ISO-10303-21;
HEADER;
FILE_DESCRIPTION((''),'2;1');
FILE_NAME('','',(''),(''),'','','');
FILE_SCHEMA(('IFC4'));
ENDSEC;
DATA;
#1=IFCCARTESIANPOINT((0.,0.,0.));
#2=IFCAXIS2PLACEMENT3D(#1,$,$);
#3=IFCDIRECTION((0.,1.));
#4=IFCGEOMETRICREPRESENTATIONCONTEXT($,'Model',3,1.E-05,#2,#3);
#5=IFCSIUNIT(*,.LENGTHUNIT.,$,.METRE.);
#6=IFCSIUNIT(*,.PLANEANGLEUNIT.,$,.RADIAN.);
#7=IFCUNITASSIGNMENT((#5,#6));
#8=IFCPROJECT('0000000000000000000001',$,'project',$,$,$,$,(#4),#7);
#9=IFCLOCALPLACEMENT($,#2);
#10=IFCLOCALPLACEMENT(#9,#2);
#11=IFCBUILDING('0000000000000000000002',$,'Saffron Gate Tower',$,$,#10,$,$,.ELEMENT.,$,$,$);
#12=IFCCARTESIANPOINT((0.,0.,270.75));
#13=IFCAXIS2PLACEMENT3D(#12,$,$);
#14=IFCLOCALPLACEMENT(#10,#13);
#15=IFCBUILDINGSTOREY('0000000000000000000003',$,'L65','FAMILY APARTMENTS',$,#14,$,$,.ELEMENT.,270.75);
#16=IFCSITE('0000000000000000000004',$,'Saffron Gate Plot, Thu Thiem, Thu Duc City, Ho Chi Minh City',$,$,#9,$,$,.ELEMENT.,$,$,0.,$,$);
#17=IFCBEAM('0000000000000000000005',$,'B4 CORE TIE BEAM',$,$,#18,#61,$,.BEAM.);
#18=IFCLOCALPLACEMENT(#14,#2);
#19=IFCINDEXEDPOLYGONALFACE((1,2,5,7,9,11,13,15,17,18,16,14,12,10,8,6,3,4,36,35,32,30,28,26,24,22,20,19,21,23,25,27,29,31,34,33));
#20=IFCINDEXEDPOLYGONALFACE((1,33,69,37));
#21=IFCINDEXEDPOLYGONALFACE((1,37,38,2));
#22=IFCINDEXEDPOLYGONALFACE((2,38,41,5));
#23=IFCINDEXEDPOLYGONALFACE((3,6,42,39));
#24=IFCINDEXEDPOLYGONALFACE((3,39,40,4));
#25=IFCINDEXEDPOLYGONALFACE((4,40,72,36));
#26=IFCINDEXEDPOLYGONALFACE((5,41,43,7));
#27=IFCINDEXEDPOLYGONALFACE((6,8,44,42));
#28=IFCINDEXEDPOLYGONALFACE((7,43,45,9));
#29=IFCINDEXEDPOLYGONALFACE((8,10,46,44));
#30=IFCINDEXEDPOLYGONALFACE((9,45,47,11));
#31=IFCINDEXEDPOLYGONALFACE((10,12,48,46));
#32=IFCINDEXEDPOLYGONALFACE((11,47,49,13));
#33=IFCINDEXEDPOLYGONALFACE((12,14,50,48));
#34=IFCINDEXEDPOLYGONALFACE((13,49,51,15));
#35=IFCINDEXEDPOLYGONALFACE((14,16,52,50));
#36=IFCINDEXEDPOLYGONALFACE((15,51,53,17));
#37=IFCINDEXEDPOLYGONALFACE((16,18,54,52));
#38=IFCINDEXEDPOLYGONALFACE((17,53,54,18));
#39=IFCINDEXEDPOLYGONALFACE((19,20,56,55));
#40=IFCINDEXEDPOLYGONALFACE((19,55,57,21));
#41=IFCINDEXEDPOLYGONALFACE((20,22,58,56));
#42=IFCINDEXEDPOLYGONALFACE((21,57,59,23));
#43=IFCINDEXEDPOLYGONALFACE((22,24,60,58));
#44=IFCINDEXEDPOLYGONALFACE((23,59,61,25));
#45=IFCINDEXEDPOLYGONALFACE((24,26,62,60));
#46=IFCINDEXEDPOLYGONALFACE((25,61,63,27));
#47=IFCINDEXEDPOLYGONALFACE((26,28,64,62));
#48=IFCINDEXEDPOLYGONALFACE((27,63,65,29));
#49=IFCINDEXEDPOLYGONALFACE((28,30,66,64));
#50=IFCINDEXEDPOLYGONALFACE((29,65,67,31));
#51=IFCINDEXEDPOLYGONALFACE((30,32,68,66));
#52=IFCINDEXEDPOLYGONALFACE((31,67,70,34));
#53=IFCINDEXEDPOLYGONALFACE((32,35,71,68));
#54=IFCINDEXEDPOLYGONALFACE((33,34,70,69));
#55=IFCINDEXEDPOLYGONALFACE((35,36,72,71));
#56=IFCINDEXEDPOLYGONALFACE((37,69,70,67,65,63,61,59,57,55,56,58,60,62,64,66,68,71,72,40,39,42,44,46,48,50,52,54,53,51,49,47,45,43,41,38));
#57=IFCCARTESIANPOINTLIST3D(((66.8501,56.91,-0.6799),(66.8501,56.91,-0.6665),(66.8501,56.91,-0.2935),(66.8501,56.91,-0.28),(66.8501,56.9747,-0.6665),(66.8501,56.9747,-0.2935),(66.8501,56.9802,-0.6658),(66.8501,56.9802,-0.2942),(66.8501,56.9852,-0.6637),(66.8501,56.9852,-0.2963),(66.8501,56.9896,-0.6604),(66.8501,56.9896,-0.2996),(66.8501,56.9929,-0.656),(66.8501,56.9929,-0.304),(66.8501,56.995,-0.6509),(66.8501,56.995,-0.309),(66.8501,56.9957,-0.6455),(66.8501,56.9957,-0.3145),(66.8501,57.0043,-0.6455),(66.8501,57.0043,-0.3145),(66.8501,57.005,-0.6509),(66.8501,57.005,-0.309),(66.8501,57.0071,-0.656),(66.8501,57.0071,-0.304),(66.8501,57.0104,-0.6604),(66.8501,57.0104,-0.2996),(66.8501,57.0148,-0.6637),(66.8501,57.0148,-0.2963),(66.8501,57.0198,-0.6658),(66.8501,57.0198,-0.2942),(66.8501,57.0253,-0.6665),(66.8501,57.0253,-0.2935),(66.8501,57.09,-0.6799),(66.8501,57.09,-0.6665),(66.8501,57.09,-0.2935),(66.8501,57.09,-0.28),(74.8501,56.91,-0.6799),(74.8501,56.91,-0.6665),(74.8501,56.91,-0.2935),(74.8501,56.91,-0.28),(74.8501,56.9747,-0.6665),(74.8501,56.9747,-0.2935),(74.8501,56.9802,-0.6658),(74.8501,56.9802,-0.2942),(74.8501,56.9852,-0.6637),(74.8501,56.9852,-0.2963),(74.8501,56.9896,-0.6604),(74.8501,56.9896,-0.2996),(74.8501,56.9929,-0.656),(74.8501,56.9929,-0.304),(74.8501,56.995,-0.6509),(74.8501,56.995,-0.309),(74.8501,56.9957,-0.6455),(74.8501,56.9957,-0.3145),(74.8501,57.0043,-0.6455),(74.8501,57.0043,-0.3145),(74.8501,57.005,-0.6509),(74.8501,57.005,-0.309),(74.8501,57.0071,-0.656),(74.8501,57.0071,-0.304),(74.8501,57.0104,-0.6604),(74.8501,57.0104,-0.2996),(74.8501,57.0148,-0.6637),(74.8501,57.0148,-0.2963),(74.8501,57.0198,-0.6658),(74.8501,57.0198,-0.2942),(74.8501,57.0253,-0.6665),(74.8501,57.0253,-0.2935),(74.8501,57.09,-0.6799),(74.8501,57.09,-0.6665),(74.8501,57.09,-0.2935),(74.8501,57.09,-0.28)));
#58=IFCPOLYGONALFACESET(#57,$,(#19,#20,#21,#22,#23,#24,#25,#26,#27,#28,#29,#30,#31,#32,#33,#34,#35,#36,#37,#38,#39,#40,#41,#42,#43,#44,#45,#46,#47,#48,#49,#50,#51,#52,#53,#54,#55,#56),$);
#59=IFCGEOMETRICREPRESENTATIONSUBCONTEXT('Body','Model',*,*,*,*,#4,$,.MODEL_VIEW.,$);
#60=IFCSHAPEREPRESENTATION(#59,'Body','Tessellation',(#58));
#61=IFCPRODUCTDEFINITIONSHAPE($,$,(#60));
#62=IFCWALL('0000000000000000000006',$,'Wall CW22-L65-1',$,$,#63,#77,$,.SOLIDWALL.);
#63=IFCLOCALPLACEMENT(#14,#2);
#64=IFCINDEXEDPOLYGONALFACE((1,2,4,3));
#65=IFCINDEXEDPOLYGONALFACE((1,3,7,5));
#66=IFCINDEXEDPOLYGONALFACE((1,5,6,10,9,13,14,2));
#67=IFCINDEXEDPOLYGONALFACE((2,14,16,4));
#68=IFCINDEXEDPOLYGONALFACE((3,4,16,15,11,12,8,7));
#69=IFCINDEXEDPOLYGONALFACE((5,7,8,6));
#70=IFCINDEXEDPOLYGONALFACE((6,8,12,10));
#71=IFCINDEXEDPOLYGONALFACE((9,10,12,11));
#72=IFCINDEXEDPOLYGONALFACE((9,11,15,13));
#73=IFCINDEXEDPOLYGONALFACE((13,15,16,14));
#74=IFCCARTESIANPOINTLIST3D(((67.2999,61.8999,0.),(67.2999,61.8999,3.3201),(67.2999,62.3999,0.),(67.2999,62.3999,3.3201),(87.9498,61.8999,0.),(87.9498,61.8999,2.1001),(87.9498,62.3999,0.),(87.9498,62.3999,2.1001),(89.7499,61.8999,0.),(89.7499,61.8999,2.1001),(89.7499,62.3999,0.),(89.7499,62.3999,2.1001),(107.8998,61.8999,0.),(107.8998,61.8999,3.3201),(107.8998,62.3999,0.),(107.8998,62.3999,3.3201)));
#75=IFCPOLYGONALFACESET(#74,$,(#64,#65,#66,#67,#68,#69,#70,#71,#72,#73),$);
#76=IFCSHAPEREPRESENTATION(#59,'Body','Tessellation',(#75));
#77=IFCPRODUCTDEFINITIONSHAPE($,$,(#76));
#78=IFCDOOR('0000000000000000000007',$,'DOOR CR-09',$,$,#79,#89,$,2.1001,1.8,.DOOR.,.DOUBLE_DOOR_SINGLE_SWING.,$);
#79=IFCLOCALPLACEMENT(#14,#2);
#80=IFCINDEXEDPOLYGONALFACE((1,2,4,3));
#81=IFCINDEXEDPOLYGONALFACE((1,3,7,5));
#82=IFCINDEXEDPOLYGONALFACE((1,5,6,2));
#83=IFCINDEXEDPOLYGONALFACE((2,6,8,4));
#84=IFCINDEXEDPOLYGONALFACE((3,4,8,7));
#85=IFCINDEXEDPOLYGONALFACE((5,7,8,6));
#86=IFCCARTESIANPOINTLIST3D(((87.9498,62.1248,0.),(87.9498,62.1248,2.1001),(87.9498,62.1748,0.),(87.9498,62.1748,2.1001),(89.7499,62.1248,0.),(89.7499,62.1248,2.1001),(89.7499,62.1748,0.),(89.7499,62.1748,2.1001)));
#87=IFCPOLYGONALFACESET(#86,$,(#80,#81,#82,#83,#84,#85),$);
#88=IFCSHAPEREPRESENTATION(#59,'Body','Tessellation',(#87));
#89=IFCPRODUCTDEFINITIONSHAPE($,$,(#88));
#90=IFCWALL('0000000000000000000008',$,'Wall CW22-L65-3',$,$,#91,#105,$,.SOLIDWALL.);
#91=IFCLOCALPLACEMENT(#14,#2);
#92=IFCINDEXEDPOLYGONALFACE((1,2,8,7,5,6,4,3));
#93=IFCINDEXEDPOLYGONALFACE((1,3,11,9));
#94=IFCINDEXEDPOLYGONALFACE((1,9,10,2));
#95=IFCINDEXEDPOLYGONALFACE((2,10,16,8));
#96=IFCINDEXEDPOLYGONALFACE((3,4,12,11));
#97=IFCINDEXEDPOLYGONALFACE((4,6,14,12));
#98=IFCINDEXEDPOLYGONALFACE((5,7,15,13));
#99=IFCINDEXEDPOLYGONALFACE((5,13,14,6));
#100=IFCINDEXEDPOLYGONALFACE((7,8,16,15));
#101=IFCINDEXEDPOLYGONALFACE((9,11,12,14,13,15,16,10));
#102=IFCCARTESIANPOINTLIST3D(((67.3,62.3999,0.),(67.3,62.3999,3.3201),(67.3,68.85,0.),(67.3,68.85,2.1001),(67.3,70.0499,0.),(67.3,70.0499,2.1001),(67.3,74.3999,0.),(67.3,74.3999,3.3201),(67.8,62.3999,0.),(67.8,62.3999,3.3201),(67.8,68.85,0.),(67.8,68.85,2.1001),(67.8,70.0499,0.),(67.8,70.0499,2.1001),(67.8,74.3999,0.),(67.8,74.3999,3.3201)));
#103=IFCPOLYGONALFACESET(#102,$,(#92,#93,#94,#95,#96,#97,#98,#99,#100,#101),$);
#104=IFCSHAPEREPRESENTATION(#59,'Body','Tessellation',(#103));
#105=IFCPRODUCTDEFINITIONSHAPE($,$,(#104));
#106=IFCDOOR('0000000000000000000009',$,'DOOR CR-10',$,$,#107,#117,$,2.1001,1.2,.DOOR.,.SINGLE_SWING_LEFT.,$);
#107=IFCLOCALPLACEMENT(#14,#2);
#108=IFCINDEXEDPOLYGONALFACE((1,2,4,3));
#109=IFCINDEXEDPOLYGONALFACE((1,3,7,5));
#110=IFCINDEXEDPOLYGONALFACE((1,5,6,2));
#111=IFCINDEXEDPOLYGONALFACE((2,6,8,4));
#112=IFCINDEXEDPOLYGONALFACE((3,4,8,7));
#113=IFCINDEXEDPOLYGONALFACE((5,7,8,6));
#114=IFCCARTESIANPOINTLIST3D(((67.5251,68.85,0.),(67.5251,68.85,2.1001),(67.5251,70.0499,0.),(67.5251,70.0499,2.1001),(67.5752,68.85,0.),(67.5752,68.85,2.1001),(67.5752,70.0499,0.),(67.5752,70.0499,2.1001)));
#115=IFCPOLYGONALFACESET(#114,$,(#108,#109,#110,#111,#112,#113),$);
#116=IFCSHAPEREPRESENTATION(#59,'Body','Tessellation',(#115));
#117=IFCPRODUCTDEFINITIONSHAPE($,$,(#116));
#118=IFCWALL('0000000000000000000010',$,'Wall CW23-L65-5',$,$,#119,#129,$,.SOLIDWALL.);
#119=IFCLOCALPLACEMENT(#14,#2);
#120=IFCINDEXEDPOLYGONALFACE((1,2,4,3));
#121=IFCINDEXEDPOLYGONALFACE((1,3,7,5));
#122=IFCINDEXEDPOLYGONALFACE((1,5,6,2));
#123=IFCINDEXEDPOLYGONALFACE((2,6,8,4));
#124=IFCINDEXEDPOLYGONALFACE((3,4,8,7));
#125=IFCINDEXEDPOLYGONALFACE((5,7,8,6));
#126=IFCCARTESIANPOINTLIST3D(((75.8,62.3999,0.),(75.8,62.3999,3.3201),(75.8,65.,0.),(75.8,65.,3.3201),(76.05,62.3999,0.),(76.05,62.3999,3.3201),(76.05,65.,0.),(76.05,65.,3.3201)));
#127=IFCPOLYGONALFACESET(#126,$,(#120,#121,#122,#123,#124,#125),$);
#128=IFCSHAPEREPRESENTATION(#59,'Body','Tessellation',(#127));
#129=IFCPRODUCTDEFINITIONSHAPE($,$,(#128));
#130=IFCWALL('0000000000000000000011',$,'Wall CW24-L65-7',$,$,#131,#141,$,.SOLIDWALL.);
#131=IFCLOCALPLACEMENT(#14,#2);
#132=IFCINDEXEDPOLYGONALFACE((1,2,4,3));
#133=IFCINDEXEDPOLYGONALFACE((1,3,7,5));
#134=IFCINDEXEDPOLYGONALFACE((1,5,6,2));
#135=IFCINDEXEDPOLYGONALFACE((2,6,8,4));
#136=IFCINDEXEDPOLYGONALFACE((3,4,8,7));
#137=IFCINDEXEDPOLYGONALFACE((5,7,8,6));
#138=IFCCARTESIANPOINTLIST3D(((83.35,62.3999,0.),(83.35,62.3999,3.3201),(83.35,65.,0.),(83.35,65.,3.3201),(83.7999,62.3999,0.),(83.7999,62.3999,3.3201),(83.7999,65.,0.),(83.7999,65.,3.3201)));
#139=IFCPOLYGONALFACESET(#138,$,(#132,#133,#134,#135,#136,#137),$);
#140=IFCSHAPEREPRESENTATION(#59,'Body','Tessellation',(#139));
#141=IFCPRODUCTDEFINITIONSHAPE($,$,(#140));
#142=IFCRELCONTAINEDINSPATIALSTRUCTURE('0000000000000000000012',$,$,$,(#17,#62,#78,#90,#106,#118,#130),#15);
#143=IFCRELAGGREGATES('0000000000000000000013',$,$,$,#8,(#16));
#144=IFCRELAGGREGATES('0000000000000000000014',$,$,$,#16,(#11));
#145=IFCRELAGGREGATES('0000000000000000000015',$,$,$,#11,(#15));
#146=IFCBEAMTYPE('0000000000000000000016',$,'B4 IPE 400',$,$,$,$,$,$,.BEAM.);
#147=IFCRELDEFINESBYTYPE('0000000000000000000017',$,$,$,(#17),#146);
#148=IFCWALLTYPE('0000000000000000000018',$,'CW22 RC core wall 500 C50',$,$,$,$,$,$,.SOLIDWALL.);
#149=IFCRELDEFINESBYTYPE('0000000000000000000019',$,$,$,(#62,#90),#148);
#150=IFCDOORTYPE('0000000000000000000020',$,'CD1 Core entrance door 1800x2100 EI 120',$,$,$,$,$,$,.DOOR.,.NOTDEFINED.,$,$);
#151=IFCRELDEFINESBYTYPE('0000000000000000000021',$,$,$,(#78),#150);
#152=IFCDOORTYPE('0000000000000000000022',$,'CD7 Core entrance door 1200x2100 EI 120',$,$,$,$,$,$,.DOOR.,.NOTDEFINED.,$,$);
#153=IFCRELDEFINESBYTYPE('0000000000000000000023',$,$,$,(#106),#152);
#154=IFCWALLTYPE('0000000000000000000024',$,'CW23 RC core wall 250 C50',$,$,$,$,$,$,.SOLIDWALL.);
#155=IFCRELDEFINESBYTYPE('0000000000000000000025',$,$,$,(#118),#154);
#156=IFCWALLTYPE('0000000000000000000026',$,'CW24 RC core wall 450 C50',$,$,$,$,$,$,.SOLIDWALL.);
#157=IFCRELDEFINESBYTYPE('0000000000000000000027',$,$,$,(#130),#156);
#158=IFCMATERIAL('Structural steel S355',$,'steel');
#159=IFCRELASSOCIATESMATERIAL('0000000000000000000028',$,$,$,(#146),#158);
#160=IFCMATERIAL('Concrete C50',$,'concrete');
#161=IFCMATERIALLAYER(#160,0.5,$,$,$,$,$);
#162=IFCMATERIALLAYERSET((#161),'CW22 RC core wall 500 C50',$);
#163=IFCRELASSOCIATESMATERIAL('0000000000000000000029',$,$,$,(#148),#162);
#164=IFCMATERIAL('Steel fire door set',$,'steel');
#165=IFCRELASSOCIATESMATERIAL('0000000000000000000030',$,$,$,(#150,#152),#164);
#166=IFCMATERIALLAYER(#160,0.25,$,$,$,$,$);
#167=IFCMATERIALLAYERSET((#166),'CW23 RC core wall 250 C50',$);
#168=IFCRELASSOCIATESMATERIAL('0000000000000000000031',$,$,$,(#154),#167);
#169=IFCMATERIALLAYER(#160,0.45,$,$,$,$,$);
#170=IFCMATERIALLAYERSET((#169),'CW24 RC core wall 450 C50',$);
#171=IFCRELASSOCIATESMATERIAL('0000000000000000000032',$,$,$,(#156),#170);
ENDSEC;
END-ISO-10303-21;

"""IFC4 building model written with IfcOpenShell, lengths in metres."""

from ifc_helpers import new_model, si_unit, direction, frame, frame_2d, origin, origin_2d, place, context, subcontext, project, spatial, rectangle, i_section, extrude, material, layer, layer_set, material_profile, profile_set, type_object, element, fill, save


model = new_model("IFC4")

# Units and contexts
model_context = context("Model", 3, precision=1e-05, world=origin(), true_north=direction((0.0, 1.0)))
body_context = subcontext(model_context, "Body", "Model", "MODEL_VIEW")
ifc_project = project(units=[si_unit("LENGTHUNIT", "METRE"), si_unit("PLANEANGLEUNIT", "RADIAN")], contexts=[model_context])

# Site, building, storey
site_placement = place(None, origin())
site = spatial("IfcSite", under=ifc_project, at=site_placement, Name="Saffron Gate Plot, Thu Thiem, Thu Duc City, Ho Chi Minh City", CompositionType="ELEMENT", RefElevation=0.0)
building_placement = place(site_placement, origin())
building = spatial("IfcBuilding", under=site, at=building_placement, Name="Saffron Gate Tower", CompositionType="ELEMENT")
storey_placement = place(building_placement, frame((0.0, 0.0, 270.75)))
storey = spatial("IfcBuildingStorey", under=building, at=storey_placement, Name="L65", Description="FAMILY APARTMENTS", CompositionType="ELEMENT", Elevation=270.75)

# Beam
ifc_material_1 = material(Name="Structural steel S355", Category="steel")
ifc_material_profile = material_profile(ifc_material_1, i_section(OverallWidth=0.1799, OverallDepth=0.3999, WebThickness=0.0085, FlangeThickness=0.0134, FilletRadius=0.021, at=origin_2d()))
ifc_profile_set = profile_set([ifc_material_profile], Name="Structural steel S355")
beam_type = type_object("IfcBeamType", Name="B4 IPE 400", PredefinedType="BEAM", material=ifc_profile_set)
beam_placement = place(storey_placement, frame((66.8501, 57.0, -0.48), z_axis=(1.0, 0.0, 0.0), x_axis=(0.0, 1.0, 0.0)))
element("IfcBeam", 1, at=beam_placement, inside=storey, type_object=beam_type, Name="B4 CORE TIE BEAM", PredefinedType="BEAM", context=body_context, shape_type="SweptSolid", body=[
    extrude(i_section(OverallWidth=0.1799, OverallDepth=0.3999, WebThickness=0.0085, FlangeThickness=0.0134, FilletRadius=0.021, at=origin_2d()), origin(), (0.0, 0.0, 1.0), 8.0),
])

# Walls, openings, doors
ifc_material_2 = material(Name="Concrete C50", Category="concrete")
ifc_layer_1 = layer(ifc_material_2, 0.5)
ifc_layer_set_1 = layer_set([ifc_layer_1], Name="CW22 RC core wall 500 C50")
wall_type_1 = type_object("IfcWallType", Name="CW22 RC core wall 500 C50", PredefinedType="SOLIDWALL", material=ifc_layer_set_1)
wall_1_placement = place(storey_placement, frame((67.3, 62.1499, 0.0), z_axis=(0.0, 0.0, 1.0), x_axis=(1.0, 0.0, 0.0)))
wall_1 = element("IfcWall", 2, at=wall_1_placement, inside=storey, type_object=wall_type_1, Name="Wall CW22-L65-1", PredefinedType="SOLIDWALL", context=body_context, shape_type="SweptSolid", body=[
    extrude(rectangle(XDim=40.5999, YDim=0.5, at=frame_2d((20.2998, 0.0))), origin(), (0.0, 0.0, 1.0), 3.3201),
])
opening_1_placement = place(wall_1_placement, frame((20.6499, 0.0, 0.0)))
opening_1 = element("IfcOpeningElement", 3, at=opening_1_placement, cuts=wall_1, PredefinedType="OPENING", context=body_context, shape_type="SweptSolid", body=[
    extrude(rectangle(XDim=1.8, YDim=2.1001, at=frame_2d((0.8999, 1.05))), frame((0.0, 0.26, 0.0), z_axis=(0.0, -1.0, 0.0), x_axis=(1.0, 0.0, 0.0)), (0.0, 0.0, 1.0), 0.52),
])
ifc_material_3 = material(Name="Steel fire door set", Category="steel")
door_type_1 = type_object("IfcDoorType", Name="CD1 Core entrance door 1800x2100 EI 120", OperationType="NOTDEFINED", PredefinedType="DOOR", material=ifc_material_3)
door_1_placement = place(opening_1_placement, origin())
door_1 = element("IfcDoor", 4, at=door_1_placement, inside=storey, type_object=door_type_1, Name="DOOR CR-09", OperationType="DOUBLE_DOOR_SINGLE_SWING", OverallHeight=2.1001, OverallWidth=1.8, PredefinedType="DOOR", context=body_context, shape_type="SweptSolid", body=[
    extrude(rectangle(XDim=1.8, YDim=2.1001, at=frame_2d((0.8999, 1.05))), frame((0.0, 0.0249, 0.0), z_axis=(0.0, -1.0, 0.0), x_axis=(1.0, 0.0, 0.0)), (0.0, 0.0, 1.0), 0.05),
])
fill(opening_1, door_1)
wall_2_placement = place(storey_placement, frame((67.55, 62.3999, 0.0), z_axis=(0.0, 0.0, 1.0), x_axis=(0.0, 1.0, 0.0)))
wall_2 = element("IfcWall", 5, at=wall_2_placement, inside=storey, type_object=wall_type_1, Name="Wall CW22-L65-3", PredefinedType="SOLIDWALL", context=body_context, shape_type="SweptSolid", body=[
    extrude(rectangle(XDim=12.0, YDim=0.5, at=frame_2d((6.0, 0.0))), origin(), (0.0, 0.0, 1.0), 3.3201),
])
opening_2_placement = place(wall_2_placement, frame((6.45, 0.0, 0.0)))
opening_2 = element("IfcOpeningElement", 6, at=opening_2_placement, cuts=wall_2, PredefinedType="OPENING", context=body_context, shape_type="SweptSolid", body=[
    extrude(rectangle(XDim=1.2, YDim=2.1001, at=frame_2d((0.6001, 1.05))), frame((0.0, 0.26, 0.0), z_axis=(0.0, -1.0, 0.0), x_axis=(1.0, 0.0, 0.0)), (0.0, 0.0, 1.0), 0.52),
])
door_type_2 = type_object("IfcDoorType", Name="CD7 Core entrance door 1200x2100 EI 120", OperationType="NOTDEFINED", PredefinedType="DOOR", material=ifc_material_3)
door_2_placement = place(opening_2_placement, origin())
door_2 = element("IfcDoor", 7, at=door_2_placement, inside=storey, type_object=door_type_2, Name="DOOR CR-10", OperationType="SINGLE_SWING_LEFT", OverallHeight=2.1001, OverallWidth=1.2, PredefinedType="DOOR", context=body_context, shape_type="SweptSolid", body=[
    extrude(rectangle(XDim=1.2, YDim=2.1001, at=frame_2d((0.6001, 1.05))), frame((0.0, 0.0249, 0.0), z_axis=(0.0, -1.0, 0.0), x_axis=(1.0, 0.0, 0.0)), (0.0, 0.0, 1.0), 0.05),
])
fill(opening_2, door_2)

# Walls
ifc_layer_2 = layer(ifc_material_2, 0.25)
ifc_layer_set_2 = layer_set([ifc_layer_2], Name="CW23 RC core wall 250 C50")
wall_type_2 = type_object("IfcWallType", Name="CW23 RC core wall 250 C50", PredefinedType="SOLIDWALL", material=ifc_layer_set_2)
wall_3_placement = place(storey_placement, frame((75.925, 62.3999, 0.0), z_axis=(0.0, 0.0, 1.0), x_axis=(0.0, 1.0, 0.0)))
element("IfcWall", 8, at=wall_3_placement, inside=storey, type_object=wall_type_2, Name="Wall CW23-L65-5", PredefinedType="SOLIDWALL", context=body_context, shape_type="SweptSolid", body=[
    extrude(rectangle(XDim=2.6001, YDim=0.25, at=frame_2d((1.3, 0.0))), origin(), (0.0, 0.0, 1.0), 3.3201),
])
ifc_layer_3 = layer(ifc_material_2, 0.45)
ifc_layer_set_3 = layer_set([ifc_layer_3], Name="CW24 RC core wall 450 C50")
wall_type_3 = type_object("IfcWallType", Name="CW24 RC core wall 450 C50", PredefinedType="SOLIDWALL", material=ifc_layer_set_3)
wall_4_placement = place(storey_placement, frame((83.575, 62.3999, 0.0), z_axis=(0.0, 0.0, 1.0), x_axis=(0.0, 1.0, 0.0)))
element("IfcWall", 9, at=wall_4_placement, inside=storey, type_object=wall_type_3, Name="Wall CW24-L65-7", PredefinedType="SOLIDWALL", context=body_context, shape_type="SweptSolid", body=[
    extrude(rectangle(XDim=2.6001, YDim=0.45, at=frame_2d((1.3, 0.0))), origin(), (0.0, 0.0, 1.0), 3.3201),
])

save(model, "model.ifc")
